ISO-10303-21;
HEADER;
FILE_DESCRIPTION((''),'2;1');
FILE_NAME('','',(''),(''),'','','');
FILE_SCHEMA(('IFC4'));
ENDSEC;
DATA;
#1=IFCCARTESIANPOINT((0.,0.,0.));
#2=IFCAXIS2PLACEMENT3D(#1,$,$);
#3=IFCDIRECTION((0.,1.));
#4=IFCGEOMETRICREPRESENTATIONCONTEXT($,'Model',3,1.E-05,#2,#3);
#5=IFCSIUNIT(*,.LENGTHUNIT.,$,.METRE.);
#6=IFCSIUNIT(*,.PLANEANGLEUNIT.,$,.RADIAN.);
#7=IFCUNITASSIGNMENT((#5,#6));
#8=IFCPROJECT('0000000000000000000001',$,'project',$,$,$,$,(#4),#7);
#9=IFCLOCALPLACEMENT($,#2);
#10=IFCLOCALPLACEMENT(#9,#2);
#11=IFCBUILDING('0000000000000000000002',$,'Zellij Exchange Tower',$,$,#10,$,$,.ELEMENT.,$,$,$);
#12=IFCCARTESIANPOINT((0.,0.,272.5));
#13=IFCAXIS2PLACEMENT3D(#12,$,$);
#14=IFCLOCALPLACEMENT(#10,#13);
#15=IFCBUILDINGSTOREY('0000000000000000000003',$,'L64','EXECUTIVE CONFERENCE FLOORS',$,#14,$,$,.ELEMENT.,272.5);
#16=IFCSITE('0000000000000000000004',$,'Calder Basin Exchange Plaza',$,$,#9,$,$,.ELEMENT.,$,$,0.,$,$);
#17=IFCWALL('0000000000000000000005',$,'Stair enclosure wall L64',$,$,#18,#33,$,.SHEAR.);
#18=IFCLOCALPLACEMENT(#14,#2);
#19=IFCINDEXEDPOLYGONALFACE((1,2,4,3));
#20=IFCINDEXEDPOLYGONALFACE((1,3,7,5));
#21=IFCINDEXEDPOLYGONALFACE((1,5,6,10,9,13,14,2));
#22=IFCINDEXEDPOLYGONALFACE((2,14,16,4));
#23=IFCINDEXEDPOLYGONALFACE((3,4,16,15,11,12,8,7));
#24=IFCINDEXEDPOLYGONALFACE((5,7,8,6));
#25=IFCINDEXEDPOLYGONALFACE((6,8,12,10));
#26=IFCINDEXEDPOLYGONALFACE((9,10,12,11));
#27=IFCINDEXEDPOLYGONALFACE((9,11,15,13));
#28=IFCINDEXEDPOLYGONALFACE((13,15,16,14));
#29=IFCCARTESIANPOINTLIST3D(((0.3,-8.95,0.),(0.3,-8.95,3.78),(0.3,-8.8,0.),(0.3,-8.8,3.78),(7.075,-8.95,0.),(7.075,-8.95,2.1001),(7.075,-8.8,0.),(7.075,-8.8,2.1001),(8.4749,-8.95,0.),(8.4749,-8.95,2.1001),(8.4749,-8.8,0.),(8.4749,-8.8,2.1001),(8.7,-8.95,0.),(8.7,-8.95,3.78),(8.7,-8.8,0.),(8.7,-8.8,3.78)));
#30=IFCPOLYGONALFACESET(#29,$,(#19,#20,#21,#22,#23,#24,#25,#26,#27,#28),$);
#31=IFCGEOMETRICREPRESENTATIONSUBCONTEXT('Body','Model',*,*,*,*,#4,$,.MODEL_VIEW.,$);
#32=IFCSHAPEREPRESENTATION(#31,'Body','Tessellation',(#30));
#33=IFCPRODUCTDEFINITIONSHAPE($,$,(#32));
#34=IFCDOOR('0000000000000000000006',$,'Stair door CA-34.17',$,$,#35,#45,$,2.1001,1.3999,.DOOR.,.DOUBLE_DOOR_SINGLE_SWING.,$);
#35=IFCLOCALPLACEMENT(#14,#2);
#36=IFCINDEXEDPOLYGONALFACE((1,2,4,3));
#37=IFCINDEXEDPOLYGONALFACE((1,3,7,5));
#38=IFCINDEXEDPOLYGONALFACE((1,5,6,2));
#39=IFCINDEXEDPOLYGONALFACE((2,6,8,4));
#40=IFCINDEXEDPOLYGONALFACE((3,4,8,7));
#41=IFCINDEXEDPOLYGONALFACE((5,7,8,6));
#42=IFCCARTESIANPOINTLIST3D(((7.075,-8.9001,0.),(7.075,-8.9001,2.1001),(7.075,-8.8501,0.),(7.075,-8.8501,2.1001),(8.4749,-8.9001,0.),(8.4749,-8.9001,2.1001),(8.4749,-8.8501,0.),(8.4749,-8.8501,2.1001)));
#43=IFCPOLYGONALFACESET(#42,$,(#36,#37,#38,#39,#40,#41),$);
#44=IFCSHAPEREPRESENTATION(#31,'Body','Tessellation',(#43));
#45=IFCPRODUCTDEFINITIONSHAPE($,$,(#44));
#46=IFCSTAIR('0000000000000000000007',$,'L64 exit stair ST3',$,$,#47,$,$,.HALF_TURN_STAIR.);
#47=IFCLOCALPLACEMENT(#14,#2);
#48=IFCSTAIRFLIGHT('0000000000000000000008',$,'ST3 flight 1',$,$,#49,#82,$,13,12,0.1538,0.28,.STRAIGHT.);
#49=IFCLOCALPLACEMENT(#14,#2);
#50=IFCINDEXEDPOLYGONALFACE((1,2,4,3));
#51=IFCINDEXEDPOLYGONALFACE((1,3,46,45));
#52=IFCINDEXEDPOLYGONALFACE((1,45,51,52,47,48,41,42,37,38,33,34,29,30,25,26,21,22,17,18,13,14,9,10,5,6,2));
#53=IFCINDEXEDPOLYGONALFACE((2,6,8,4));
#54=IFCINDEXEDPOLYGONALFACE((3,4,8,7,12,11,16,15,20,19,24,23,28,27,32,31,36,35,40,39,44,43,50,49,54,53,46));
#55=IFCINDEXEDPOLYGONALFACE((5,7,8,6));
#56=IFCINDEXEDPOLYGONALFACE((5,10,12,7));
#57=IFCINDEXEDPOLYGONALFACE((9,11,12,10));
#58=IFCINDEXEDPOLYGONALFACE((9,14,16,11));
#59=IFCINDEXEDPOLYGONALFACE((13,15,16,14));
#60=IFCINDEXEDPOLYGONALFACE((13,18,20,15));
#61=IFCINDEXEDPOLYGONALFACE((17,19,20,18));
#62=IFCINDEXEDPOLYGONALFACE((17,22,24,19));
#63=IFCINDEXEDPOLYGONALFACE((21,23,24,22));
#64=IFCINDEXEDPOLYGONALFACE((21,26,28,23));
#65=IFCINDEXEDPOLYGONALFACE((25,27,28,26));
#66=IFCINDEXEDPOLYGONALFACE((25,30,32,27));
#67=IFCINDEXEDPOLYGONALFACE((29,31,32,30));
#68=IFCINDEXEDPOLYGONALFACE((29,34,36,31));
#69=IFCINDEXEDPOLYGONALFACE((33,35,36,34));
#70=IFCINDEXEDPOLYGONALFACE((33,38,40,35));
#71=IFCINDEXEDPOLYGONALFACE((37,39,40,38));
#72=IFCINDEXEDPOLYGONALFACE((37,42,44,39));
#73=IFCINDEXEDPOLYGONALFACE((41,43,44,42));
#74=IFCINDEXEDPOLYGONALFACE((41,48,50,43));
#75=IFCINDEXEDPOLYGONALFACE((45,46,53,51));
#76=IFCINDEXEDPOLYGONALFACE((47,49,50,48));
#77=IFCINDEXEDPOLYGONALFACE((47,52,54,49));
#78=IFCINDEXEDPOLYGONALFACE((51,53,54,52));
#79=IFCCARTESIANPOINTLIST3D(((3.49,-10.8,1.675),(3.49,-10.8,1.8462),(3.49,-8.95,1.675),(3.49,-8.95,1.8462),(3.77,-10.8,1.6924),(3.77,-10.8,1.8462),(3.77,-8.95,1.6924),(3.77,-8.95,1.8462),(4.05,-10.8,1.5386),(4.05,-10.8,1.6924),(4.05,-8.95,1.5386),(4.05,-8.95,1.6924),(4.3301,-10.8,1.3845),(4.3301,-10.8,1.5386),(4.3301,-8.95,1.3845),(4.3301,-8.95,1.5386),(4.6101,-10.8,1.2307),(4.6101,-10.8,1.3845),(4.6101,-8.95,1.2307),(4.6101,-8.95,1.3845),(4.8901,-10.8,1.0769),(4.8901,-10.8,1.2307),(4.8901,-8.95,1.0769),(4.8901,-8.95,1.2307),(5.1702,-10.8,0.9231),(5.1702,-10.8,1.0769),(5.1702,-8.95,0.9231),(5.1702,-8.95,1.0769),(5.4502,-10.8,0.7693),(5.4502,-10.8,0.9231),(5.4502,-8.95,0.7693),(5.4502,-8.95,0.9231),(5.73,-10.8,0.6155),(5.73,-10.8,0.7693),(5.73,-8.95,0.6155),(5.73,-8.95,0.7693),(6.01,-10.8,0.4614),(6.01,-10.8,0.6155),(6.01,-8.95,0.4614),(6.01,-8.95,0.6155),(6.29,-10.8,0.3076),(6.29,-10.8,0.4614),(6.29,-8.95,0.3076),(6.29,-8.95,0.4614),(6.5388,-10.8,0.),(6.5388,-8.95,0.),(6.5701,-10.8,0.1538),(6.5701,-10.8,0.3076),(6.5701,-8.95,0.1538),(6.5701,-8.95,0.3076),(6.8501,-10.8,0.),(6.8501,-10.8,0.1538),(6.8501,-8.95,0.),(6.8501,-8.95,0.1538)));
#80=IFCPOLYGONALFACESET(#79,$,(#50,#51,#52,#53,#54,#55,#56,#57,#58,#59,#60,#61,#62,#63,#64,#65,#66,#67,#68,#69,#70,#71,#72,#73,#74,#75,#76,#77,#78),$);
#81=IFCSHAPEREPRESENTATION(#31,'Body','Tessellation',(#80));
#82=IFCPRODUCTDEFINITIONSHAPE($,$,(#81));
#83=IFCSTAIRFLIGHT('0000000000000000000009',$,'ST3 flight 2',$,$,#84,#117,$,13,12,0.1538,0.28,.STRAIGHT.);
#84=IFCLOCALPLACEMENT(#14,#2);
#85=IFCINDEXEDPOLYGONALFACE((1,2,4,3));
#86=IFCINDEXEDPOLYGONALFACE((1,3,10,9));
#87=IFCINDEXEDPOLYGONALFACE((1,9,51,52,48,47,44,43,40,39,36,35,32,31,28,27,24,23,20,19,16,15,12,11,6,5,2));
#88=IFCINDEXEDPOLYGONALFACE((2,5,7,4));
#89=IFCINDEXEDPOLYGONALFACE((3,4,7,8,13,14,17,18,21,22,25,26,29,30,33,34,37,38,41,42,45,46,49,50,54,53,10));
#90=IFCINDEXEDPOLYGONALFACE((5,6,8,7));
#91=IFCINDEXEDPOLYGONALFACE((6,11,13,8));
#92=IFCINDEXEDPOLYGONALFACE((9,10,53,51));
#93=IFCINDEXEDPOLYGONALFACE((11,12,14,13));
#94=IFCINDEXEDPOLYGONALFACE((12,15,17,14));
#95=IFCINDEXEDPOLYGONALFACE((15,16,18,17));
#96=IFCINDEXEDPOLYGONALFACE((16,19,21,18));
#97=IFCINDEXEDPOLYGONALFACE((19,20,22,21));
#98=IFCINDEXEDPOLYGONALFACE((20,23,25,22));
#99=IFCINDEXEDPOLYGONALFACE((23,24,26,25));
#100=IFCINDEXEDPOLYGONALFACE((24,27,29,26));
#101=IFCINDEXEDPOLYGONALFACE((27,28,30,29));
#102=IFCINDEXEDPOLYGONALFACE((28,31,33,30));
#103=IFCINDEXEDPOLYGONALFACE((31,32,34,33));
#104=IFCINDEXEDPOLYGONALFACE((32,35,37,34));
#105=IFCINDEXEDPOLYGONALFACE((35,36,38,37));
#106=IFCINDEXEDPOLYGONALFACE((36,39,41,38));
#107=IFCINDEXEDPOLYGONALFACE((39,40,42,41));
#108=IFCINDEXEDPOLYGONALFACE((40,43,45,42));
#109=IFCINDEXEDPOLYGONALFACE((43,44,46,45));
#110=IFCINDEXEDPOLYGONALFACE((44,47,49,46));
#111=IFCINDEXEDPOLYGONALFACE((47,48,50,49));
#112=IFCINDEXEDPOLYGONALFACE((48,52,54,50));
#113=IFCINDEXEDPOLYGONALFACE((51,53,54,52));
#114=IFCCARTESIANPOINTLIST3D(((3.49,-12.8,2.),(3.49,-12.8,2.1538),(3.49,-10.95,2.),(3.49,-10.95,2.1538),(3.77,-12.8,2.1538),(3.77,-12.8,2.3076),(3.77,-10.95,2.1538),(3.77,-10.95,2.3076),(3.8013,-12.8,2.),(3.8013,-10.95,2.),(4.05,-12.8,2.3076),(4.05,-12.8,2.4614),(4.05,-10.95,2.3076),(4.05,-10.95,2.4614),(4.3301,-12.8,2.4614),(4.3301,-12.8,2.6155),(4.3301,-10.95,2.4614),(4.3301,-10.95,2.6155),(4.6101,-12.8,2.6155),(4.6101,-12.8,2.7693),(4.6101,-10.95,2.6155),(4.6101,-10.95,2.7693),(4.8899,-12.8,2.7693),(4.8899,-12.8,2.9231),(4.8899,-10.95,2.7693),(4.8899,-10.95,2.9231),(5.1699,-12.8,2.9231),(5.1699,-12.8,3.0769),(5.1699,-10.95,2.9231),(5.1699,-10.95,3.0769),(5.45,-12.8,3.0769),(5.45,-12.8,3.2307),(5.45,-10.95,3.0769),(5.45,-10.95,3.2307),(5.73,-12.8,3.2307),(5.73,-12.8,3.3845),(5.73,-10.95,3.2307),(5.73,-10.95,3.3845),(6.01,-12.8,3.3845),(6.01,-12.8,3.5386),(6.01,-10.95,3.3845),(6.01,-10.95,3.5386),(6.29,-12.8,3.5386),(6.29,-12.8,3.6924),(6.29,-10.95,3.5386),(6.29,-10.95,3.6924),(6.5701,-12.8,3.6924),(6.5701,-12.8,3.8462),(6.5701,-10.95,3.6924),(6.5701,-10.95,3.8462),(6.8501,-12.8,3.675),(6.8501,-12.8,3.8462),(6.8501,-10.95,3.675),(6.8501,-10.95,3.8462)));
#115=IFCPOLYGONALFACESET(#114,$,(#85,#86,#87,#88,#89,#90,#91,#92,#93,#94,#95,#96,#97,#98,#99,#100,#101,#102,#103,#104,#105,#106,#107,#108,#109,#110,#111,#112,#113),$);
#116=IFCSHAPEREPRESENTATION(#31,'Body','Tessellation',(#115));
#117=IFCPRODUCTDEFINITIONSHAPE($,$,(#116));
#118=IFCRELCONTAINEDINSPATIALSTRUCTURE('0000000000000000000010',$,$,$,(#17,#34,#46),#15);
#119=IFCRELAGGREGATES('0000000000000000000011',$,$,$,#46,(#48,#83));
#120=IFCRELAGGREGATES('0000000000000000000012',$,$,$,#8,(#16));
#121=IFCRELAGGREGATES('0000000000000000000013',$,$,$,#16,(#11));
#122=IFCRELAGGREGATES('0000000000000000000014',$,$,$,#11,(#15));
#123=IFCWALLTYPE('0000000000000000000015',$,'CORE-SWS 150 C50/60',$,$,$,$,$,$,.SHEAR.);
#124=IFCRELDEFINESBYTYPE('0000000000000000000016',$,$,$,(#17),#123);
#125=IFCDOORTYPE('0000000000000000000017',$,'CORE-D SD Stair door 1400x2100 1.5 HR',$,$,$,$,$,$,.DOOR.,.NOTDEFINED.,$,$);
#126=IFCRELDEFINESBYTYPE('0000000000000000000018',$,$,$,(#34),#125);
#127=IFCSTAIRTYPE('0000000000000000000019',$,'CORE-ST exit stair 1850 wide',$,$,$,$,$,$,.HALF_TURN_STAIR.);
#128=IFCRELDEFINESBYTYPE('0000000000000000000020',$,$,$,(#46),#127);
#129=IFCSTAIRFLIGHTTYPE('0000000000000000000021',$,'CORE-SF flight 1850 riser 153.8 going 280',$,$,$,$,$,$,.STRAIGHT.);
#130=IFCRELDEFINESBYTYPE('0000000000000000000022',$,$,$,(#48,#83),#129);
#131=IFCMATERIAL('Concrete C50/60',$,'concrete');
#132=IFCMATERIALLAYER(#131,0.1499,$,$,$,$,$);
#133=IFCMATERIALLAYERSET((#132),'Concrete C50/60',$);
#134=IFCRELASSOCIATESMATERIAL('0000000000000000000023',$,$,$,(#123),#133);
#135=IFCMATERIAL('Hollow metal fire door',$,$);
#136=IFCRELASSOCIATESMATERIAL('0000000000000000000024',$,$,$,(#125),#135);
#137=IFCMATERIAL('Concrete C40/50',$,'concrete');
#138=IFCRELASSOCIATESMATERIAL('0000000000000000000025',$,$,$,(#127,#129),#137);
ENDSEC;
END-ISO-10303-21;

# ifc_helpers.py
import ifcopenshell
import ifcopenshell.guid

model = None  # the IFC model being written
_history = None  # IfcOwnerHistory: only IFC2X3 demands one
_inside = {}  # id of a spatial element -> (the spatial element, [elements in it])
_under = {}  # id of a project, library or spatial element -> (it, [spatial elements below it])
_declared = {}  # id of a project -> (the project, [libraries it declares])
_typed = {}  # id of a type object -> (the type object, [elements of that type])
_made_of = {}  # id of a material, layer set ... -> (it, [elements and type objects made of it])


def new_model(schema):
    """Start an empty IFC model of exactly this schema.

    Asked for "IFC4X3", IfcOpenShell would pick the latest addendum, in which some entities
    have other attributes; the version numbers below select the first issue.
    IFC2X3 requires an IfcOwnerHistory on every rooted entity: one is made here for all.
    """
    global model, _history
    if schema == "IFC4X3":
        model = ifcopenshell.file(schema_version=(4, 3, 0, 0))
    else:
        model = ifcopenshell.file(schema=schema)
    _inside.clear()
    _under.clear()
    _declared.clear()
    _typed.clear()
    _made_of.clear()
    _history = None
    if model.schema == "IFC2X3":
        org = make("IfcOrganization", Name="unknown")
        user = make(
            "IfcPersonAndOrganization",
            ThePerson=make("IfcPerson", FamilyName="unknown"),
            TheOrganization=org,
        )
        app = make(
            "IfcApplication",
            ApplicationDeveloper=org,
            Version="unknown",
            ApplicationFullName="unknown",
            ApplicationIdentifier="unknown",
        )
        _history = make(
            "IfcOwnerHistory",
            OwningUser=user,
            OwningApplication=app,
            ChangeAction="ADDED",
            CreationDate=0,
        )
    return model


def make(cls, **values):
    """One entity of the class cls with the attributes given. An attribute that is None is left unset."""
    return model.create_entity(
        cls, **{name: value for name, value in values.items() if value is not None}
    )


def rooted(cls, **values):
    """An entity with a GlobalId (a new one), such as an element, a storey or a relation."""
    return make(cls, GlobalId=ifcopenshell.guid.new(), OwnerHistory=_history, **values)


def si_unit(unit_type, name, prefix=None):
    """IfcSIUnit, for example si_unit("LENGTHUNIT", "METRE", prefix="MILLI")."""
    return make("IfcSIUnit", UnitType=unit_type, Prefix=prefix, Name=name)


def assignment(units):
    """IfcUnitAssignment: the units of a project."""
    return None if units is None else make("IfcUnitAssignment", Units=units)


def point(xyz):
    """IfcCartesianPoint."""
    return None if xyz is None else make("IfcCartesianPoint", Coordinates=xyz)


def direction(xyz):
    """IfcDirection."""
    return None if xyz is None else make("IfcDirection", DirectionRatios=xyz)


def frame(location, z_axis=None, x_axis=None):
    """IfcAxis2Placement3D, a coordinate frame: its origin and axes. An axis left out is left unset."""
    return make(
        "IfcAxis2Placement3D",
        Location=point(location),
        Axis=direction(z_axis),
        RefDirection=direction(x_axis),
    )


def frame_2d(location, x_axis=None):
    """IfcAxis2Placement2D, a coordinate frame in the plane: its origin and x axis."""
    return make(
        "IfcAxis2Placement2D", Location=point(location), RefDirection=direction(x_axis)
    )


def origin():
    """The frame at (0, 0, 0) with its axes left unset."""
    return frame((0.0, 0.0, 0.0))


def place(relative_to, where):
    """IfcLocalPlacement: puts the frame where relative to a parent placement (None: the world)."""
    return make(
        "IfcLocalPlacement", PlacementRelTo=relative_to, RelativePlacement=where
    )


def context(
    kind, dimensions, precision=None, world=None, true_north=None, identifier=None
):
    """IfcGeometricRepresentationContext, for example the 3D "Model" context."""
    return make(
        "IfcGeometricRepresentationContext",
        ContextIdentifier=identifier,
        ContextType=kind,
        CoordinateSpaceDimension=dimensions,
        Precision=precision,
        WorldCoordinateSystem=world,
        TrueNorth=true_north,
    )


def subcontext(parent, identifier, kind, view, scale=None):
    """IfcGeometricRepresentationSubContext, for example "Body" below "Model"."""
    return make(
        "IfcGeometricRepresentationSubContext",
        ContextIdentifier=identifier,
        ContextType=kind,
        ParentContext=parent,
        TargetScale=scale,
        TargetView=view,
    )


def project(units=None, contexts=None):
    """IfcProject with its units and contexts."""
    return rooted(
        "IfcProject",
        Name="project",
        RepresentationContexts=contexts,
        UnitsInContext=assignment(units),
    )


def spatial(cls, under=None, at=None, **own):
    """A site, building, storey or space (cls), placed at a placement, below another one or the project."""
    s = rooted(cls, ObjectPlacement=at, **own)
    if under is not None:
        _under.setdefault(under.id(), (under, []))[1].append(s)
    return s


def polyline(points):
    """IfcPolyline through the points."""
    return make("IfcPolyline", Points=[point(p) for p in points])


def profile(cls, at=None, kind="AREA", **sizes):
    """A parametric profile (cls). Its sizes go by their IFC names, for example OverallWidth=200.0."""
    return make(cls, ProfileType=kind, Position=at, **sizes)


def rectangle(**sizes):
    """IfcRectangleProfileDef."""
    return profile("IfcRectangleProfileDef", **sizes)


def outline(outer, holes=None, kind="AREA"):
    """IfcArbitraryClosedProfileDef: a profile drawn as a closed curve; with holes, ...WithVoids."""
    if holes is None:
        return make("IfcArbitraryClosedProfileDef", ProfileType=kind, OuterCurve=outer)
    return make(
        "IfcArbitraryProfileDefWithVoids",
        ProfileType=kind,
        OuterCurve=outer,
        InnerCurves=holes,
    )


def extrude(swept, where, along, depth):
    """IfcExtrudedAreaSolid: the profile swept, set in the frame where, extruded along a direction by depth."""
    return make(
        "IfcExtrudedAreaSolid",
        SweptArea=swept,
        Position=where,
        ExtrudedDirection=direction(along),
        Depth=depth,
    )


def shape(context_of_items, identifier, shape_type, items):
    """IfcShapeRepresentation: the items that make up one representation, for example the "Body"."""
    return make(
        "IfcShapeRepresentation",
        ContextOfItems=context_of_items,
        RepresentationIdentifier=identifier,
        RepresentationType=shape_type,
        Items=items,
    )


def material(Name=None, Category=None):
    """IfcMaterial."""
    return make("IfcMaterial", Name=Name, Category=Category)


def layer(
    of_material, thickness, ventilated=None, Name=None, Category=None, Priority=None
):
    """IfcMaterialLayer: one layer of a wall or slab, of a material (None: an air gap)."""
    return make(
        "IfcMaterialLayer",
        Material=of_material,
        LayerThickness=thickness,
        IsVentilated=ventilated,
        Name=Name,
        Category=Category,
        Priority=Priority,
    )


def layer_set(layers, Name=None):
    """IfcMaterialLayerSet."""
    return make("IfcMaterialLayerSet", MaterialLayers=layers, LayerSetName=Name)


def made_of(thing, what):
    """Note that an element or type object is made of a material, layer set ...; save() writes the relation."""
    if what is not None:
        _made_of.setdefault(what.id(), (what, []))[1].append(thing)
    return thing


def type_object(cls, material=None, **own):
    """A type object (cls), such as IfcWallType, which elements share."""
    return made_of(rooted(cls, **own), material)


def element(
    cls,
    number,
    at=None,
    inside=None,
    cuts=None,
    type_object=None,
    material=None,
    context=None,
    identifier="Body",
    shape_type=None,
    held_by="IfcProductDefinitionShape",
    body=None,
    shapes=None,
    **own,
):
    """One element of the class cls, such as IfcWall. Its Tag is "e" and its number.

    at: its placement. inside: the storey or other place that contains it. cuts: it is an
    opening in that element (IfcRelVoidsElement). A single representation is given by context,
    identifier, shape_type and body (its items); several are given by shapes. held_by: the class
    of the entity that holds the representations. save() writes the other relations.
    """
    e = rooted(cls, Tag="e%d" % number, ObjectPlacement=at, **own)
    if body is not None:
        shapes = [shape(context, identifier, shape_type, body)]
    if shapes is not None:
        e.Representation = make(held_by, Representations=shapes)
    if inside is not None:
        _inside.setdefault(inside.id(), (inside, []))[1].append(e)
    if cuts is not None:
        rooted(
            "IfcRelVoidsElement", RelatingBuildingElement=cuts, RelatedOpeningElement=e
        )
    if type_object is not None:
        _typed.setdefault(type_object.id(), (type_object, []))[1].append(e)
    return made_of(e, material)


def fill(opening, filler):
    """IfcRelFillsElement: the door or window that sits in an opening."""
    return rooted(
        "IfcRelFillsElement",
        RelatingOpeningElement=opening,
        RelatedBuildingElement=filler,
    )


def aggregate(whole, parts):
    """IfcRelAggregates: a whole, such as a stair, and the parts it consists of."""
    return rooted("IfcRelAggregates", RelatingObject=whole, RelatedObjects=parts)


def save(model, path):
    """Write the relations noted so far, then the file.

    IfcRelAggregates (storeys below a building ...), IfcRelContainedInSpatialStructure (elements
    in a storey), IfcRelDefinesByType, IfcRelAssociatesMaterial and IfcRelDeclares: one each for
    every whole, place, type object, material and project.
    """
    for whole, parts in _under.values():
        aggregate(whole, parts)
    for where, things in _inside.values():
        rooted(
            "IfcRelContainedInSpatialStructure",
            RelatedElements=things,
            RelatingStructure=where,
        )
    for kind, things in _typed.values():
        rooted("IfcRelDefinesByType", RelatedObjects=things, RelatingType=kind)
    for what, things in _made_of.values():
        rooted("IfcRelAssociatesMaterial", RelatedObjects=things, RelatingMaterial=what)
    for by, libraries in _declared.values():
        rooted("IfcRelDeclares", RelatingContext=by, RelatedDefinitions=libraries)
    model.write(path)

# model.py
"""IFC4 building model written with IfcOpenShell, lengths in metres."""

from ifc_helpers import new_model, si_unit, direction, frame, frame_2d, origin, place, context, subcontext, project, spatial, polyline, rectangle, outline, extrude, material, layer, layer_set, type_object, element, fill, aggregate, save


model = new_model("IFC4")

# Units and contexts
model_context = context("Model", 3, precision=1e-05, world=origin(), true_north=direction((0.0, 1.0)))
body_context = subcontext(model_context, "Body", "Model", "MODEL_VIEW")
ifc_project = project(units=[si_unit("LENGTHUNIT", "METRE"), si_unit("PLANEANGLEUNIT", "RADIAN")], contexts=[model_context])

# Site, building, storey
site_placement = place(None, origin())
site = spatial("IfcSite", under=ifc_project, at=site_placement, Name="Calder Basin Exchange Plaza", CompositionType="ELEMENT", RefElevation=0.0)
building_placement = place(site_placement, origin())
building = spatial("IfcBuilding", under=site, at=building_placement, Name="Zellij Exchange Tower", CompositionType="ELEMENT")
storey_placement = place(building_placement, frame((0.0, 0.0, 272.5)))
storey = spatial("IfcBuildingStorey", under=building, at=storey_placement, Name="L64", Description="EXECUTIVE CONFERENCE FLOORS", CompositionType="ELEMENT", Elevation=272.5)

# Shared definitions
ifc_material_1 = material(Name="Concrete C50/60", Category="concrete")

# Shared definitions
ifc_material_2 = material(Name="Hollow metal fire door")

# Wall, opening, door
ifc_layer_1 = layer(ifc_material_1, 0.1499)
ifc_layer_set_1 = layer_set([ifc_layer_1], Name="Concrete C50/60")
wall_type_1 = type_object("IfcWallType", Name="CORE-SWS 150 C50/60", PredefinedType="SHEAR", material=ifc_layer_set_1)
wall_1_placement = place(storey_placement, frame((0.3, -8.875, 0.0), z_axis=(0.0, 0.0, 1.0), x_axis=(1.0, 0.0, 0.0)))
wall_1 = element("IfcWall", 1, at=wall_1_placement, inside=storey, type_object=wall_type_1, Name="Stair enclosure wall L64", PredefinedType="SHEAR", context=body_context, shape_type="SweptSolid", body=[
    extrude(rectangle(XDim=8.3999, YDim=0.1499, at=frame_2d((4.2, 0.0))), origin(), (0.0, 0.0, 1.0), 3.78),
])
opening_1_placement = place(wall_1_placement, frame((6.7749, 0.0, 0.0)))
opening_1 = element("IfcOpeningElement", 2, at=opening_1_placement, cuts=wall_1, PredefinedType="OPENING", context=body_context, shape_type="SweptSolid", body=[
    extrude(rectangle(XDim=1.3999, YDim=2.1001, at=frame_2d((0.7, 1.05))), frame((0.0, 0.0869, 0.0), z_axis=(0.0, -1.0, 0.0), x_axis=(1.0, 0.0, 0.0)), (0.0, 0.0, 1.0), 0.1738),
])
door_type_1 = type_object("IfcDoorType", Name="CORE-D SD Stair door 1400x2100 1.5 HR", OperationType="NOTDEFINED", PredefinedType="DOOR", material=ifc_material_2)
door_1_placement = place(opening_1_placement, origin())
door_1 = element("IfcDoor", 3, at=door_1_placement, inside=storey, type_object=door_type_1, Name="Stair door CA-34.17", OperationType="DOUBLE_DOOR_SINGLE_SWING", OverallHeight=2.1001, OverallWidth=1.3999, PredefinedType="DOOR", context=body_context, shape_type="SweptSolid", body=[
    extrude(rectangle(XDim=1.3999, YDim=2.1001, at=frame_2d((0.7, 1.05))), frame((0.0, 0.0249, 0.0), z_axis=(0.0, -1.0, 0.0), x_axis=(1.0, 0.0, 0.0)), (0.0, 0.0, 1.0), 0.05),
])
fill(opening_1, door_1)

# Stair, stair flights
ifc_material_3 = material(Name="Concrete C40/50", Category="concrete")
stair_type = type_object("IfcStairType", Name="CORE-ST exit stair 1850 wide", PredefinedType="HALF_TURN_STAIR", material=ifc_material_3)
stair_placement = place(storey_placement, origin())
stair = element("IfcStair", 4, at=stair_placement, inside=storey, type_object=stair_type, Name="L64 exit stair ST3", PredefinedType="HALF_TURN_STAIR")
stair_flight_type = type_object("IfcStairFlightType", Name="CORE-SF flight 1850 riser 153.8 going 280", PredefinedType="STRAIGHT", material=ifc_material_3)
stair_flight_1_placement = place(storey_placement, frame((6.8501, -9.875, 0.0), z_axis=(0.0, 0.0, 1.0), x_axis=(-1.0, 0.0, 0.0)))
stair_flight_1 = element("IfcStairFlight", 5, at=stair_flight_1_placement, type_object=stair_flight_type, Name="ST3 flight 1", NumberOfRisers=13, NumberOfTreads=12, PredefinedType="STRAIGHT", RiserHeight=0.1538, TreadLength=0.28, context=body_context, shape_type="SweptSolid", body=[
    extrude(outline(polyline([(0.0, 0.0), (0.0, 0.1538), (0.28, 0.1538), (0.28, 0.3076), (0.5601, 0.3076), (0.5601, 0.4614), (0.8401, 0.4614), (0.8401, 0.6155), (1.1201, 0.6155), (1.1201, 0.7693), (1.3999, 0.7693), (1.3999, 0.9231), (1.6799, 0.9231), (1.6799, 1.0769), (1.96, 1.0769), (1.96, 1.2307), (2.24, 1.2307), (2.24, 1.3845), (2.52, 1.3845), (2.52, 1.5386), (2.8, 1.5386), (2.8, 1.6924), (3.0801, 1.6924), (3.0801, 1.8462), (3.3601, 1.8462), (3.3601, 2.0), (3.3601, 1.675), (0.3113, 0.0), (0.0, 0.0)])), frame((0.0, 0.925, 0.0), z_axis=(0.0, -1.0, 0.0), x_axis=(1.0, 0.0, 0.0)), (0.0, 0.0, 1.0), 1.8501),
])
stair_flight_2_placement = place(storey_placement, frame((3.49, -11.875, 2.0), z_axis=(0.0, 0.0, 1.0), x_axis=(1.0, 0.0, 0.0)))
stair_flight_2 = element("IfcStairFlight", 6, at=stair_flight_2_placement, type_object=stair_flight_type, Name="ST3 flight 2", NumberOfRisers=13, NumberOfTreads=12, PredefinedType="STRAIGHT", RiserHeight=0.1538, TreadLength=0.28, context=body_context, shape_type="SweptSolid", body=[
    extrude(outline(polyline([(0.0, 0.0), (0.0, 0.1538), (0.28, 0.1538), (0.28, 0.3076), (0.5601, 0.3076), (0.5601, 0.4614), (0.8401, 0.4614), (0.8401, 0.6155), (1.1201, 0.6155), (1.1201, 0.7693), (1.3999, 0.7693), (1.3999, 0.9231), (1.6799, 0.9231), (1.6799, 1.0769), (1.96, 1.0769), (1.96, 1.2307), (2.24, 1.2307), (2.24, 1.3845), (2.52, 1.3845), (2.52, 1.5386), (2.8, 1.5386), (2.8, 1.6924), (3.0801, 1.6924), (3.0801, 1.8462), (3.3601, 1.8462), (3.3601, 2.0), (3.3601, 1.675), (0.3113, 0.0), (0.0, 0.0)])), frame((0.0, 0.925, 0.0), z_axis=(0.0, -1.0, 0.0), x_axis=(1.0, 0.0, 0.0)), (0.0, 0.0, 1.0), 1.8501),
])
aggregate(stair, [stair_flight_1, stair_flight_2])

save(model, "model.ifc")
